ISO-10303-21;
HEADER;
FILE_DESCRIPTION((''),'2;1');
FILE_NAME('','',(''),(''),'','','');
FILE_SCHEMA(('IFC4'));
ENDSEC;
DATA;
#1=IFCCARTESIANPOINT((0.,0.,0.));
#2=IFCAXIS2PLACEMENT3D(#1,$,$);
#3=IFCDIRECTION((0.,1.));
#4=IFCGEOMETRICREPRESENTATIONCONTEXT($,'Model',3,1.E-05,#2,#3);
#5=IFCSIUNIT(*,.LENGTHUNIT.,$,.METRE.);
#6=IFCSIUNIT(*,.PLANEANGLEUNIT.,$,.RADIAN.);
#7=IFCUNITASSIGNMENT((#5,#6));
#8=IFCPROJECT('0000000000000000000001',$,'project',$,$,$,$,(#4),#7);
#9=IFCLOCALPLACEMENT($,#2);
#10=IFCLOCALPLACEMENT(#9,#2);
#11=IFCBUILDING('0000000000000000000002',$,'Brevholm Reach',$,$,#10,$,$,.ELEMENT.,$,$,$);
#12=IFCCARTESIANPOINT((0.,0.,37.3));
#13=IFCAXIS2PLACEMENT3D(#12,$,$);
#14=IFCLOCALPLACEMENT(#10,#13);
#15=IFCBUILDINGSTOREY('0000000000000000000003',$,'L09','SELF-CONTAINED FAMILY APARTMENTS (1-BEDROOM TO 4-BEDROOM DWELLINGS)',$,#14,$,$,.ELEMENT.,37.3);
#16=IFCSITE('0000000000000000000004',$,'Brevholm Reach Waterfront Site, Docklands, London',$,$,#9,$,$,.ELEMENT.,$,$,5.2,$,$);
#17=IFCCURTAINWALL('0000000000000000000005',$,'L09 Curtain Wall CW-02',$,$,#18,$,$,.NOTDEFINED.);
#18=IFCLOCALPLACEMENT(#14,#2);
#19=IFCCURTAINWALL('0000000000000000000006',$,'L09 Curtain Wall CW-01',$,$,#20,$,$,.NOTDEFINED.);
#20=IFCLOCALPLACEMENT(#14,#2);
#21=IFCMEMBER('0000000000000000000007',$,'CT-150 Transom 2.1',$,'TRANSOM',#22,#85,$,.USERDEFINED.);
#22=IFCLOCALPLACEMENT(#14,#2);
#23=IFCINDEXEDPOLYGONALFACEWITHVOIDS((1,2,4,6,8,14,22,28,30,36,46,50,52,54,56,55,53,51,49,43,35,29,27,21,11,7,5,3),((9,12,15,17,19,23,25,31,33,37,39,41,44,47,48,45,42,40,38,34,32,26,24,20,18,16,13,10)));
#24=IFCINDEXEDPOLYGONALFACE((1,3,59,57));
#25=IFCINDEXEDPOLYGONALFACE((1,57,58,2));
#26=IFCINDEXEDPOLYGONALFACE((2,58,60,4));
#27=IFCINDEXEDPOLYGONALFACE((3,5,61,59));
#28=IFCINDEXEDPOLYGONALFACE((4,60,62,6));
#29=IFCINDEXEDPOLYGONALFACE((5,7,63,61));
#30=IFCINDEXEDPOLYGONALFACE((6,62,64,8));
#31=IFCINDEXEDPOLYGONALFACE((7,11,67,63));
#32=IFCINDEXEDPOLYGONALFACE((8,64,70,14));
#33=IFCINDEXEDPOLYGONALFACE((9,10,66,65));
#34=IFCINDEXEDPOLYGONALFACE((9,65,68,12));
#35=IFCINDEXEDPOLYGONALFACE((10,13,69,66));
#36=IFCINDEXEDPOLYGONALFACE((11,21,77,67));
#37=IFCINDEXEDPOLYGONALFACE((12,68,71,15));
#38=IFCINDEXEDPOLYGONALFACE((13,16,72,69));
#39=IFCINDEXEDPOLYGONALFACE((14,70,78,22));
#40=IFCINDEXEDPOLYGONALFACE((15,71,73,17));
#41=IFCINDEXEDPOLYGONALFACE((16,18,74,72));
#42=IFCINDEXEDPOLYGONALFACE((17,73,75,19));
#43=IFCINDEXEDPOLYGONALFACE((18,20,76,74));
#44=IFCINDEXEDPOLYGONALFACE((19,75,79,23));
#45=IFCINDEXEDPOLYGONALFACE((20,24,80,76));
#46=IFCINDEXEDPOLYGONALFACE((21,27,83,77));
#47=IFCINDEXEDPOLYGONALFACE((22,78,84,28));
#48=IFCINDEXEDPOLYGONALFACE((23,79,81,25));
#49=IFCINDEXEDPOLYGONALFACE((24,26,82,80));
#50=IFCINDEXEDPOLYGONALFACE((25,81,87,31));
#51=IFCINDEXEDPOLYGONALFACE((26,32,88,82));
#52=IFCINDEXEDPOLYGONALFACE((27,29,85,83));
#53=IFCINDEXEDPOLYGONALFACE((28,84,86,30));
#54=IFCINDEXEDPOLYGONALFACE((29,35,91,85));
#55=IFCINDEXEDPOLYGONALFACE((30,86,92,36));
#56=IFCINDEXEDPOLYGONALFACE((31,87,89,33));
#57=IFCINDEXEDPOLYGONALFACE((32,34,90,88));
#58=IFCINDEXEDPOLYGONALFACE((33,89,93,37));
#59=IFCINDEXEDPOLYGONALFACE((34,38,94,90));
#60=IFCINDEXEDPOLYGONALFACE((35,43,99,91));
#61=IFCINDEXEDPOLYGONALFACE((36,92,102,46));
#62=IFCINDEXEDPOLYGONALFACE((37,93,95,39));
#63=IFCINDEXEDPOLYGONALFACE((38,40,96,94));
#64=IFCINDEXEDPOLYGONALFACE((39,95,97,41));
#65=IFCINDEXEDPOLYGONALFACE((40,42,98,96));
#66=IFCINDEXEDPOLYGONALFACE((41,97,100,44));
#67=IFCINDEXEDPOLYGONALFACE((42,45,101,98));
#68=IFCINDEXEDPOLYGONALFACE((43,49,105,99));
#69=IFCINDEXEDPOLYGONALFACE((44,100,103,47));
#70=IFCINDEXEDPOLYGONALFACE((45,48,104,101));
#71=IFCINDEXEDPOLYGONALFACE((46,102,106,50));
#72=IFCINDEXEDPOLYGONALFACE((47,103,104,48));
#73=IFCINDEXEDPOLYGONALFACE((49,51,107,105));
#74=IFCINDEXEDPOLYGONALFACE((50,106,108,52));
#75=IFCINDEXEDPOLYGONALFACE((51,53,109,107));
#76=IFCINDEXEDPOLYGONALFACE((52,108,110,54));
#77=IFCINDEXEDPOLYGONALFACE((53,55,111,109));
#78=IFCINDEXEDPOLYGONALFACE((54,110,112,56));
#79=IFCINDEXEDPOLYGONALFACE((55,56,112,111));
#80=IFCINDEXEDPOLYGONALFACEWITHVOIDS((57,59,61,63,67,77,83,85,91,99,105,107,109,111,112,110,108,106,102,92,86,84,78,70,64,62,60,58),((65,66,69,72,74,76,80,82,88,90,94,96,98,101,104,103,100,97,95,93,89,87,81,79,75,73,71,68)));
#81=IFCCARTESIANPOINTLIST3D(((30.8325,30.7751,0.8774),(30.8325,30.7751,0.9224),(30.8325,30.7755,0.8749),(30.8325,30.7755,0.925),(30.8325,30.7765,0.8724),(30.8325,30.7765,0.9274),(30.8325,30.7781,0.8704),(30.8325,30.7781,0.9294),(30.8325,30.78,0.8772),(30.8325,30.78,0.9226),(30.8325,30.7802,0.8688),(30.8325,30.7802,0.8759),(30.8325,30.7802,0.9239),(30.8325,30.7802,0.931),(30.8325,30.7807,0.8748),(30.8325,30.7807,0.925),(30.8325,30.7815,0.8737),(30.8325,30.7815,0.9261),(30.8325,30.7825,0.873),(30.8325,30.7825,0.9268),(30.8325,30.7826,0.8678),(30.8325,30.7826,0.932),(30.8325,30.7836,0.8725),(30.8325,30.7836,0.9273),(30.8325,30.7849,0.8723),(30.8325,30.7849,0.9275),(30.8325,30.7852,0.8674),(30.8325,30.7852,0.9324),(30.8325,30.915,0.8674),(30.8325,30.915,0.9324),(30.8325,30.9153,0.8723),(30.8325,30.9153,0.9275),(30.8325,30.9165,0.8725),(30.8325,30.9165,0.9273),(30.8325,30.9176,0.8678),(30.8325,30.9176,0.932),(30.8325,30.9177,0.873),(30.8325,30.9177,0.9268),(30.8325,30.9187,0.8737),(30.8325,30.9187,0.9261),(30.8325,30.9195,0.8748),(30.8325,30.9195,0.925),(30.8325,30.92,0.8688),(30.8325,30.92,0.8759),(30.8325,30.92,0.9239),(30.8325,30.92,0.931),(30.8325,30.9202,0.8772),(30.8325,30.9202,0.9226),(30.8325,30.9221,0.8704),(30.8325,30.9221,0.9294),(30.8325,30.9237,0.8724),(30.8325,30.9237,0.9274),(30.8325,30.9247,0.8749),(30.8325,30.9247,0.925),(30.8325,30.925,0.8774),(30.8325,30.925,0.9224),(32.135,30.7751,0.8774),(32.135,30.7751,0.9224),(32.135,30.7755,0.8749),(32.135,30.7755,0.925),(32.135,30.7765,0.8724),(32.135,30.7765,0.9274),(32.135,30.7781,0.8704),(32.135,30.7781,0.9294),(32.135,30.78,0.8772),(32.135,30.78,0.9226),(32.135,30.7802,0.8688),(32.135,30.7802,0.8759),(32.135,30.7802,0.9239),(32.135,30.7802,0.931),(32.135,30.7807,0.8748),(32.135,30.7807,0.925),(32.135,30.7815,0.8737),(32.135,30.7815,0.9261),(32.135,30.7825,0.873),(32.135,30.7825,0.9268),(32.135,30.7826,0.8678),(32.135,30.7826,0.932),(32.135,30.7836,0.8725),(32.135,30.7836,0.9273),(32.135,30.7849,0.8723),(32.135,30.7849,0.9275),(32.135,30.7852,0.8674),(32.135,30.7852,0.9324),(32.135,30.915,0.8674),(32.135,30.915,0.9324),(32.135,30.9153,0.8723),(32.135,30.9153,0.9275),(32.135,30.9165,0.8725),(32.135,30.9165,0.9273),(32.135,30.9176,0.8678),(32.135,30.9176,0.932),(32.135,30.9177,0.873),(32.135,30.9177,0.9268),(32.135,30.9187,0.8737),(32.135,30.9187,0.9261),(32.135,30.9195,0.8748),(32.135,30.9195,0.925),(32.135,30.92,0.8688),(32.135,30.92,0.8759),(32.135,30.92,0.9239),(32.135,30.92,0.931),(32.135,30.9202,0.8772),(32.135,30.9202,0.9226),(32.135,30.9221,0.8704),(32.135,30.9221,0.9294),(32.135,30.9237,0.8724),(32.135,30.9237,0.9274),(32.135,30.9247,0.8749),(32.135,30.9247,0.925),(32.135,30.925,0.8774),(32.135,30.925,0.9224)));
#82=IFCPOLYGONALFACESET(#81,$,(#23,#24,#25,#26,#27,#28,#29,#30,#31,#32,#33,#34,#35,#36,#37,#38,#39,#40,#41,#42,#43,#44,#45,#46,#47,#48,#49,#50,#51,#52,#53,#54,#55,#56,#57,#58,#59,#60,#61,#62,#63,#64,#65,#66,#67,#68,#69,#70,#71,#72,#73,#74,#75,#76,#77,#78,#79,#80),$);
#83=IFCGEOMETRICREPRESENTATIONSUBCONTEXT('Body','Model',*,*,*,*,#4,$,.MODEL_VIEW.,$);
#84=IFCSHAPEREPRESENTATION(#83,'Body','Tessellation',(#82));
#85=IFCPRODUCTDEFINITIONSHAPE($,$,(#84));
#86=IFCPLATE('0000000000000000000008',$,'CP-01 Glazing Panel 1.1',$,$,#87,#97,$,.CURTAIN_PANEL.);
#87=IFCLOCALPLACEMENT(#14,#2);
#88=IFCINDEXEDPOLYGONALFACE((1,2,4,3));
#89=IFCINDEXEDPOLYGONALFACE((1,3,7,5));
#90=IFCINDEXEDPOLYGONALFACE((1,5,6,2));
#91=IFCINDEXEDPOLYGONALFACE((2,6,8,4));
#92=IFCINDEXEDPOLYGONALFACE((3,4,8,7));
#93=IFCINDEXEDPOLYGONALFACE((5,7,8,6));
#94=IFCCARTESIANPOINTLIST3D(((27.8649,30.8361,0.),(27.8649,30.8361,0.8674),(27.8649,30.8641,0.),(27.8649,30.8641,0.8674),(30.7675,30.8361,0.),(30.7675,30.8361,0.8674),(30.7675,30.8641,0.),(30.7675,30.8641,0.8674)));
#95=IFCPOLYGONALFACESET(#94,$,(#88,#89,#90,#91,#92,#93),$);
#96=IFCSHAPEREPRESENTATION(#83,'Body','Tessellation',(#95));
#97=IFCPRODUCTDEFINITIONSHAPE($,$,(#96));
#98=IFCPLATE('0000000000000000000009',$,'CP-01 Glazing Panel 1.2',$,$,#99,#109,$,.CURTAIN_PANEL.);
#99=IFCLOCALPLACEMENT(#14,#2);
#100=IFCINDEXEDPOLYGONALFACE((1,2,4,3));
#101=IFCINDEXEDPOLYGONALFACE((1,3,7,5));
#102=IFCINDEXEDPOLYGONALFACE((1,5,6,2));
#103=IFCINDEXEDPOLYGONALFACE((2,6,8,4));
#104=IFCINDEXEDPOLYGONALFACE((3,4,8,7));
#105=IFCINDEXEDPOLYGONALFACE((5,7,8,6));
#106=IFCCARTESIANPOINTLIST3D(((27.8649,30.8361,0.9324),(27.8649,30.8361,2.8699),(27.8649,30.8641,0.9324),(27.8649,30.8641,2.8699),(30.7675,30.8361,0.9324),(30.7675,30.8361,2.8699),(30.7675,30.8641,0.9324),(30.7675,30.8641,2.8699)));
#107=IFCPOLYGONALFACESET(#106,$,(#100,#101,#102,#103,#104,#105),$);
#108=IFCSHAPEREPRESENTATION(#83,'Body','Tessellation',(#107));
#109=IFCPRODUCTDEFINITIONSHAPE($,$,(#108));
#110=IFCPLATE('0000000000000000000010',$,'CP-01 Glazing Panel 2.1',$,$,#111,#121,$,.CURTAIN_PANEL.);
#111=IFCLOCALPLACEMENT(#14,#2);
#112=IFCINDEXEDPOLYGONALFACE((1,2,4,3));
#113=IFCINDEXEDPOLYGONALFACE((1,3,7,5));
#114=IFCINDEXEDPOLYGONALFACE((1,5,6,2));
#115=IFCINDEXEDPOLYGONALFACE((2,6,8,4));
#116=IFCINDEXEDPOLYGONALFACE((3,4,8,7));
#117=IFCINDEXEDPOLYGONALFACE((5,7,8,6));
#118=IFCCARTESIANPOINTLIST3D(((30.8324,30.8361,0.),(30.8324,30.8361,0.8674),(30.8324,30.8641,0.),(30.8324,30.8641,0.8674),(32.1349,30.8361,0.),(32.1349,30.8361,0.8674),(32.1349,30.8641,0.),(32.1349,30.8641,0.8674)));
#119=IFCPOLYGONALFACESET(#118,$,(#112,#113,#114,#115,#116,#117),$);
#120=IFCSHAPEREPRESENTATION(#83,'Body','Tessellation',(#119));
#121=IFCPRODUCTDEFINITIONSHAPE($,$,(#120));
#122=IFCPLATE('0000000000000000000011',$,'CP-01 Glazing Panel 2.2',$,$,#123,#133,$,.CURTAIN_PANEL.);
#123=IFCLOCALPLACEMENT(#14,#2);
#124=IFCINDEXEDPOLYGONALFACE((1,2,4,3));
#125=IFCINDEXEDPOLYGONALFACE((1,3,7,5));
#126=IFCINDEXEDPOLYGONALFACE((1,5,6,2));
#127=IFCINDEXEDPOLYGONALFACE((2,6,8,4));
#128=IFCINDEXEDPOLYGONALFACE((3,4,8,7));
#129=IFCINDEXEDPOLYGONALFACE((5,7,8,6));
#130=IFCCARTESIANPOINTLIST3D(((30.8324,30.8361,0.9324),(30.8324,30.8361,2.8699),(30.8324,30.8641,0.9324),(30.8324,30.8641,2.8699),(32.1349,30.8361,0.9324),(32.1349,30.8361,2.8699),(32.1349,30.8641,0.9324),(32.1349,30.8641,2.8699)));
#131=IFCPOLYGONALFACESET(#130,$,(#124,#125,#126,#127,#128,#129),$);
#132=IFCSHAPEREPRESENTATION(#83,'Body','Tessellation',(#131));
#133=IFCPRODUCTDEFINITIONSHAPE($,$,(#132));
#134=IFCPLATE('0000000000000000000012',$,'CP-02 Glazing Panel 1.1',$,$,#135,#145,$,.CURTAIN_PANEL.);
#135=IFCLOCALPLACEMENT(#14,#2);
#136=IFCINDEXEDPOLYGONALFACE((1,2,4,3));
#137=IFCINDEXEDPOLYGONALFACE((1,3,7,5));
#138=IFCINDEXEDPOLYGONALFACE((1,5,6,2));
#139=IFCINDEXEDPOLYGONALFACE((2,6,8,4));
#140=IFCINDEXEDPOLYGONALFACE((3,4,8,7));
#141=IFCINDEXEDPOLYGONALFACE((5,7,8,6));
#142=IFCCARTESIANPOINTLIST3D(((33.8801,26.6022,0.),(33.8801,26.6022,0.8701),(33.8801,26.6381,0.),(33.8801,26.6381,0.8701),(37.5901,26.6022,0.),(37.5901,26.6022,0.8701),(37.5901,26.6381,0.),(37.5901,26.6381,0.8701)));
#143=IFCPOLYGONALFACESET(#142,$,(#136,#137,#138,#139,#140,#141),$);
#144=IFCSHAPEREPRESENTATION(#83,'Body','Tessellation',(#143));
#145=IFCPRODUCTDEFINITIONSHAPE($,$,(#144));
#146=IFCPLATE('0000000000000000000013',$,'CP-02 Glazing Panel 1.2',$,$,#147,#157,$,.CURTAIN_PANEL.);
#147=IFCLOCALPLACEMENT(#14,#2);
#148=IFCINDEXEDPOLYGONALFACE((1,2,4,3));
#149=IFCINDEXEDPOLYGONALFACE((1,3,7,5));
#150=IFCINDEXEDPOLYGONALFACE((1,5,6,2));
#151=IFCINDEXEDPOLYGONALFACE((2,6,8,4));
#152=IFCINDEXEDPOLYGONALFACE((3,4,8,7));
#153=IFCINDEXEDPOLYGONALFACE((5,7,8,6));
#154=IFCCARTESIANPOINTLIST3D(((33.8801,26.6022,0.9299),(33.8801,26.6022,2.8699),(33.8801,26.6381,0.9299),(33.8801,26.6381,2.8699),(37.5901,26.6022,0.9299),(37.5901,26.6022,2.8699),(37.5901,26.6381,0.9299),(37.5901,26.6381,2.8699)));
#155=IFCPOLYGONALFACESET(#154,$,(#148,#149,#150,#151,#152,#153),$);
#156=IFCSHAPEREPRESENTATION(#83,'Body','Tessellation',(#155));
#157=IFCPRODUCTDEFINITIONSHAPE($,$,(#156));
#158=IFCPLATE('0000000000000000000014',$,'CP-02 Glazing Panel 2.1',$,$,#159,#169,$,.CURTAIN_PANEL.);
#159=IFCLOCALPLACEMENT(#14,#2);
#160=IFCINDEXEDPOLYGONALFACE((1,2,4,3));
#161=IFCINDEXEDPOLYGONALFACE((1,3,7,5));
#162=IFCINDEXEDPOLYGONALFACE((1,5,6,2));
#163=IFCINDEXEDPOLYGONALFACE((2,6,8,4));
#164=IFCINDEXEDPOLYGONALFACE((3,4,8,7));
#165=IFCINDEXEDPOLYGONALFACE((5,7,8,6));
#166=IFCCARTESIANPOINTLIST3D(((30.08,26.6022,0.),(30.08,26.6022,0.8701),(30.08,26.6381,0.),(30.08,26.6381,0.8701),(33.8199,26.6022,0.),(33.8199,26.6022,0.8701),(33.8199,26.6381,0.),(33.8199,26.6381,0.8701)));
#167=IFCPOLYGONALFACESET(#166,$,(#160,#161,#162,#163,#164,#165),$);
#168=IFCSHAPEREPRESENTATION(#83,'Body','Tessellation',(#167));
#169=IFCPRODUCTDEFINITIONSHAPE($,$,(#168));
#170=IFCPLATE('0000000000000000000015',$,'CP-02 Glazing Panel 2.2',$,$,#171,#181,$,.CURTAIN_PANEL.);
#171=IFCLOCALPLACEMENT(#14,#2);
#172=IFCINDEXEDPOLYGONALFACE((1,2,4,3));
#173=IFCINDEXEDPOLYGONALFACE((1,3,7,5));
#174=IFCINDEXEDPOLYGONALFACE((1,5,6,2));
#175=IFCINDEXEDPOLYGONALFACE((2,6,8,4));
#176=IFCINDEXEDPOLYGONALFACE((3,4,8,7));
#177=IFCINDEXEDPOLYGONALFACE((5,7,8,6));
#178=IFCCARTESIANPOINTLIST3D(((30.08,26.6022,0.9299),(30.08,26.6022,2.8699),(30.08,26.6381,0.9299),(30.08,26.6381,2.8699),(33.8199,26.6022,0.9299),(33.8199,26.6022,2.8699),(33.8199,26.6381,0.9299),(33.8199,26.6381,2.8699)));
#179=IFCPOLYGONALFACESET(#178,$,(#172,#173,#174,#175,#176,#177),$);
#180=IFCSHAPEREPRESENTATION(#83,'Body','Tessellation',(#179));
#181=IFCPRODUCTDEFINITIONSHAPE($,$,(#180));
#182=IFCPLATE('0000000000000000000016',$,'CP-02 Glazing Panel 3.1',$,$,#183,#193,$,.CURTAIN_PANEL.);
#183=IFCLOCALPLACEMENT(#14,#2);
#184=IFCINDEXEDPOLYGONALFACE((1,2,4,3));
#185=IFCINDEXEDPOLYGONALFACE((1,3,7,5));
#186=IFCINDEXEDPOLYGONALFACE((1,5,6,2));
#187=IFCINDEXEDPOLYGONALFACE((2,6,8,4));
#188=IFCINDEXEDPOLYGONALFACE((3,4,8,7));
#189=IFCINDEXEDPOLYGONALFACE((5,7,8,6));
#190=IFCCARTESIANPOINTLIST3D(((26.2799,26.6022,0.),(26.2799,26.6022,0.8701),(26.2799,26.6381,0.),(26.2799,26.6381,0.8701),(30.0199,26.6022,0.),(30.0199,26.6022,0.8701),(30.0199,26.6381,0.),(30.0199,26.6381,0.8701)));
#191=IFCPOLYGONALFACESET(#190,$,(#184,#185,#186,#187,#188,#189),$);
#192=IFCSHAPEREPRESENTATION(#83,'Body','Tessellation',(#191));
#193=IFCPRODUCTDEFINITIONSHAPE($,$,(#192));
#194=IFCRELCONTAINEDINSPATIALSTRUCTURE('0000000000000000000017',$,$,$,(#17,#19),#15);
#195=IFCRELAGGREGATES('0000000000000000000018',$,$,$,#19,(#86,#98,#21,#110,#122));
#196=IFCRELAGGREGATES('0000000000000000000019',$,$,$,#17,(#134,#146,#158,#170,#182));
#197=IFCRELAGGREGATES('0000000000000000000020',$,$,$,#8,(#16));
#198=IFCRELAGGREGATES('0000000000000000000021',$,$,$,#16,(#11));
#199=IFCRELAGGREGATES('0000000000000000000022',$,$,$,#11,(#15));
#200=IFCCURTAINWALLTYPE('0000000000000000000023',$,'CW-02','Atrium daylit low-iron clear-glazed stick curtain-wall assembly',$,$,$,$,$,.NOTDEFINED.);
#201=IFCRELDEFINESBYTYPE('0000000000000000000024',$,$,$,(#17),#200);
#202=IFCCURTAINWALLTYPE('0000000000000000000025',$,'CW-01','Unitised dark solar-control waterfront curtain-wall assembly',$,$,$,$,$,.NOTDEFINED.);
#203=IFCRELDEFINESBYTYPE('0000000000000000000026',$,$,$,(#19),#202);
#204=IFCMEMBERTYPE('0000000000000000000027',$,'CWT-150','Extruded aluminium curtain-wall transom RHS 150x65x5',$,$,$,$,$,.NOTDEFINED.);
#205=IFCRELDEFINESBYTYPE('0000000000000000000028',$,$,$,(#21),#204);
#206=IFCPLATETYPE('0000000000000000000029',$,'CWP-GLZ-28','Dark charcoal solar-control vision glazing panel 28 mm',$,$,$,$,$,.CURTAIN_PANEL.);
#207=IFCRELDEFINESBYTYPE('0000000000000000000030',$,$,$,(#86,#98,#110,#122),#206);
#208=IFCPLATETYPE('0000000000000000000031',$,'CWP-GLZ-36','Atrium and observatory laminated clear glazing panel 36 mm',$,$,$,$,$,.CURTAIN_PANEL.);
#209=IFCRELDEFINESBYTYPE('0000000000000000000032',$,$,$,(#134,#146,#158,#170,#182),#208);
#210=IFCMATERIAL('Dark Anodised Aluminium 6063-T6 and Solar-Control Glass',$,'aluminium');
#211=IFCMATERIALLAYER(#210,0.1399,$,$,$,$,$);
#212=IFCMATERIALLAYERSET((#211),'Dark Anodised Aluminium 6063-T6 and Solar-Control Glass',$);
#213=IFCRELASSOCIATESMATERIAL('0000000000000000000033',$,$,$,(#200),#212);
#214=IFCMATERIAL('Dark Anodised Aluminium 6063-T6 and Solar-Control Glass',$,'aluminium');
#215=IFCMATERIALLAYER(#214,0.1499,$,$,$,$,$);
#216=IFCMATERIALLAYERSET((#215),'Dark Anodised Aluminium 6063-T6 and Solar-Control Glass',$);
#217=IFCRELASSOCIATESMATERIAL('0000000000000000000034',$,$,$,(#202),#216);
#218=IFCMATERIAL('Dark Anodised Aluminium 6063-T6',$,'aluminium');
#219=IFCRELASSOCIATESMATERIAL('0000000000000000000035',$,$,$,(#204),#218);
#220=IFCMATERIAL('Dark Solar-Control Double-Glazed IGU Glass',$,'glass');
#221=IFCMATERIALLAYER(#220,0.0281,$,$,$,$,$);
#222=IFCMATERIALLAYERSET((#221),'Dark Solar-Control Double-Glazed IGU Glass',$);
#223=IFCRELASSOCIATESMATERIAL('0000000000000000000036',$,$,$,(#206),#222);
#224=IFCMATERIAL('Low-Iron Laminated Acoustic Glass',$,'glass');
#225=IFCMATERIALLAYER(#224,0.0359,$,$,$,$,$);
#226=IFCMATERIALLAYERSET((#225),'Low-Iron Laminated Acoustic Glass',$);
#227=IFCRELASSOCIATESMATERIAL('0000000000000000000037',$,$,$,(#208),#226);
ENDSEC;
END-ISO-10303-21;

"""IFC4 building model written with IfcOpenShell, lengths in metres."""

from ifc_helpers import new_model, si_unit, direction, frame, origin, origin_2d, place, context, subcontext, project, spatial, rectangle, hollow_rectangle, extrude, material, layer, layer_set, material_profile, profile_set, type_object, element, aggregate, save


model = new_model("IFC4")

# Units and contexts
model_context = context("Model", 3, precision=1e-05, world=origin(), true_north=direction((0.0, 1.0)))
body_context = subcontext(model_context, "Body", "Model", "MODEL_VIEW")
ifc_project = project(units=[si_unit("LENGTHUNIT", "METRE"), si_unit("PLANEANGLEUNIT", "RADIAN")], contexts=[model_context])

# Site, building, storey
site_placement = place(None, origin())
site = spatial("IfcSite", under=ifc_project, at=site_placement, Name="Brevholm Reach Waterfront Site, Docklands, London", CompositionType="ELEMENT", RefElevation=5.2)
building_placement = place(site_placement, origin())
building = spatial("IfcBuilding", under=site, at=building_placement, Name="Brevholm Reach", CompositionType="ELEMENT")
storey_placement = place(building_placement, frame((0.0, 0.0, 37.3)))
storey = spatial("IfcBuildingStorey", under=building, at=storey_placement, Name="L09", Description="SELF-CONTAINED FAMILY APARTMENTS (1-BEDROOM TO 4-BEDROOM DWELLINGS)", CompositionType="ELEMENT", Elevation=37.3)

# Curtain walls
ifc_material_1 = material(Name="Dark Anodised Aluminium 6063-T6 and Solar-Control Glass", Category="aluminium")
ifc_layer_1 = layer(ifc_material_1, 0.1399)
ifc_layer_set_1 = layer_set([ifc_layer_1], Name="Dark Anodised Aluminium 6063-T6 and Solar-Control Glass")
curtain_wall_type_1 = type_object("IfcCurtainWallType", Name="CW-02", Description="Atrium daylit low-iron clear-glazed stick curtain-wall assembly", PredefinedType="NOTDEFINED", material=ifc_layer_set_1)
curtain_wall_1_placement = place(storey_placement, origin())
curtain_wall_1 = element("IfcCurtainWall", 1, at=curtain_wall_1_placement, inside=storey, type_object=curtain_wall_type_1, Name="L09 Curtain Wall CW-02", PredefinedType="NOTDEFINED")
ifc_material_2 = material(Name="Dark Anodised Aluminium 6063-T6 and Solar-Control Glass", Category="aluminium")
ifc_layer_2 = layer(ifc_material_2, 0.1499)
ifc_layer_set_2 = layer_set([ifc_layer_2], Name="Dark Anodised Aluminium 6063-T6 and Solar-Control Glass")
curtain_wall_type_2 = type_object("IfcCurtainWallType", Name="CW-01", Description="Unitised dark solar-control waterfront curtain-wall assembly", PredefinedType="NOTDEFINED", material=ifc_layer_set_2)
curtain_wall_2_placement = place(storey_placement, origin())
curtain_wall_2 = element("IfcCurtainWall", 2, at=curtain_wall_2_placement, inside=storey, type_object=curtain_wall_type_2, Name="L09 Curtain Wall CW-01", PredefinedType="NOTDEFINED")

# Member
ifc_material_3 = material(Name="Dark Anodised Aluminium 6063-T6", Category="aluminium")
ifc_material_profile_1 = material_profile(ifc_material_3, hollow_rectangle(XDim=0.0649, YDim=0.1499, WallThickness=0.0049, InnerFilletRadius=0.0049, OuterFilletRadius=0.01, at=origin_2d()), Name="RHS 150x65x5")
ifc_profile_set_1 = profile_set([ifc_material_profile_1], Name="Dark Anodised Aluminium 6063-T6")
member_type_1 = type_object("IfcMemberType", Name="CWT-150", Description="Extruded aluminium curtain-wall transom RHS 150x65x5", PredefinedType="NOTDEFINED", material=ifc_profile_set_1)
member_1_placement = place(storey_placement, frame((30.8325, 30.8501, 0.8999), z_axis=(1.0, 0.0, 0.0), x_axis=(0.0, 0.0, 1.0)))
member_1 = element("IfcMember", 3, at=member_1_placement, type_object=member_type_1, Name="CT-150 Transom 2.1", ObjectType="TRANSOM", PredefinedType="USERDEFINED", context=body_context, shape_type="SweptSolid", body=[
    extrude(hollow_rectangle(XDim=0.0649, YDim=0.1499, WallThickness=0.0049, InnerFilletRadius=0.0049, OuterFilletRadius=0.01, at=origin_2d()), origin(), (0.0, 0.0, 1.0), 1.3025),
])

# Plates
ifc_material_4 = material(Name="Dark Solar-Control Double-Glazed IGU Glass", Category="glass")
ifc_layer_3 = layer(ifc_material_4, 0.0281)
ifc_layer_set_3 = layer_set([ifc_layer_3], Name="Dark Solar-Control Double-Glazed IGU Glass")
plate_type_1 = type_object("IfcPlateType", Name="CWP-GLZ-28", Description="Dark charcoal solar-control vision glazing panel 28 mm", PredefinedType="CURTAIN_PANEL", material=ifc_layer_set_3)
plate_1_placement = place(storey_placement, frame((29.3162, 30.8501, 0.0), z_axis=(0.0, 0.0, 1.0), x_axis=(1.0, 0.0, 0.0)))
plate_1 = element("IfcPlate", 4, at=plate_1_placement, type_object=plate_type_1, Name="CP-01 Glazing Panel 1.1", PredefinedType="CURTAIN_PANEL", context=body_context, shape_type="SweptSolid", body=[
    extrude(rectangle(XDim=2.9026, YDim=0.0281, at=origin_2d()), origin(), (0.0, 0.0, 1.0), 0.8674),
])
plate_2_placement = place(storey_placement, frame((29.3162, 30.8501, 0.9324), z_axis=(0.0, 0.0, 1.0), x_axis=(1.0, 0.0, 0.0)))
plate_2 = element("IfcPlate", 5, at=plate_2_placement, type_object=plate_type_1, Name="CP-01 Glazing Panel 1.2", PredefinedType="CURTAIN_PANEL", context=body_context, shape_type="SweptSolid", body=[
    extrude(rectangle(XDim=2.9026, YDim=0.0281, at=origin_2d()), origin(), (0.0, 0.0, 1.0), 1.9375),
])
plate_3_placement = place(storey_placement, frame((31.4836, 30.8501, 0.0), z_axis=(0.0, 0.0, 1.0), x_axis=(1.0, 0.0, 0.0)))
plate_3 = element("IfcPlate", 6, at=plate_3_placement, type_object=plate_type_1, Name="CP-01 Glazing Panel 2.1", PredefinedType="CURTAIN_PANEL", context=body_context, shape_type="SweptSolid", body=[
    extrude(rectangle(XDim=1.3025, YDim=0.0281, at=origin_2d()), origin(), (0.0, 0.0, 1.0), 0.8674),
])
plate_4_placement = place(storey_placement, frame((31.4836, 30.8501, 0.9324), z_axis=(0.0, 0.0, 1.0), x_axis=(1.0, 0.0, 0.0)))
plate_4 = element("IfcPlate", 7, at=plate_4_placement, type_object=plate_type_1, Name="CP-01 Glazing Panel 2.2", PredefinedType="CURTAIN_PANEL", context=body_context, shape_type="SweptSolid", body=[
    extrude(rectangle(XDim=1.3025, YDim=0.0281, at=origin_2d()), origin(), (0.0, 0.0, 1.0), 1.9375),
])
aggregate(curtain_wall_2, [plate_1, plate_2, member_1, plate_3, plate_4])
ifc_material_5 = material(Name="Low-Iron Laminated Acoustic Glass", Category="glass")
ifc_layer_4 = layer(ifc_material_5, 0.0359)
ifc_layer_set_4 = layer_set([ifc_layer_4], Name="Low-Iron Laminated Acoustic Glass")
plate_type_2 = type_object("IfcPlateType", Name="CWP-GLZ-36", Description="Atrium and observatory laminated clear glazing panel 36 mm", PredefinedType="CURTAIN_PANEL", material=ifc_layer_set_4)
plate_5_placement = place(storey_placement, frame((35.7351, 26.6201, 0.0), z_axis=(0.0, 0.0, 1.0), x_axis=(-1.0, 0.0, 0.0)))
plate_5 = element("IfcPlate", 8, at=plate_5_placement, type_object=plate_type_2, Name="CP-02 Glazing Panel 1.1", PredefinedType="CURTAIN_PANEL", context=body_context, shape_type="SweptSolid", body=[
    extrude(rectangle(XDim=3.71, YDim=0.0359, at=origin_2d()), origin(), (0.0, 0.0, 1.0), 0.8701),
])
plate_6_placement = place(storey_placement, frame((35.7351, 26.6201, 0.9299), z_axis=(0.0, 0.0, 1.0), x_axis=(-1.0, 0.0, 0.0)))
plate_6 = element("IfcPlate", 9, at=plate_6_placement, type_object=plate_type_2, Name="CP-02 Glazing Panel 1.2", PredefinedType="CURTAIN_PANEL", context=body_context, shape_type="SweptSolid", body=[
    extrude(rectangle(XDim=3.71, YDim=0.0359, at=origin_2d()), origin(), (0.0, 0.0, 1.0), 1.9399),
])
plate_7_placement = place(storey_placement, frame((31.95, 26.6201, 0.0), z_axis=(0.0, 0.0, 1.0), x_axis=(-1.0, 0.0, 0.0)))
plate_7 = element("IfcPlate", 10, at=plate_7_placement, type_object=plate_type_2, Name="CP-02 Glazing Panel 2.1", PredefinedType="CURTAIN_PANEL", context=body_context, shape_type="SweptSolid", body=[
    extrude(rectangle(XDim=3.74, YDim=0.0359, at=origin_2d()), origin(), (0.0, 0.0, 1.0), 0.8701),
])
plate_8_placement = place(storey_placement, frame((31.95, 26.6201, 0.9299), z_axis=(0.0, 0.0, 1.0), x_axis=(-1.0, 0.0, 0.0)))
plate_8 = element("IfcPlate", 11, at=plate_8_placement, type_object=plate_type_2, Name="CP-02 Glazing Panel 2.2", PredefinedType="CURTAIN_PANEL", context=body_context, shape_type="SweptSolid", body=[
    extrude(rectangle(XDim=3.74, YDim=0.0359, at=origin_2d()), origin(), (0.0, 0.0, 1.0), 1.9399),
])
plate_9_placement = place(storey_placement, frame((28.1499, 26.6201, 0.0), z_axis=(0.0, 0.0, 1.0), x_axis=(-1.0, 0.0, 0.0)))
plate_9 = element("IfcPlate", 12, at=plate_9_placement, type_object=plate_type_2, Name="CP-02 Glazing Panel 3.1", PredefinedType="CURTAIN_PANEL", context=body_context, shape_type="SweptSolid", body=[
    extrude(rectangle(XDim=3.74, YDim=0.0359, at=origin_2d()), origin(), (0.0, 0.0, 1.0), 0.8701),
])
aggregate(curtain_wall_1, [plate_5, plate_6, plate_7, plate_8, plate_9])

save(model, "model.ifc")
